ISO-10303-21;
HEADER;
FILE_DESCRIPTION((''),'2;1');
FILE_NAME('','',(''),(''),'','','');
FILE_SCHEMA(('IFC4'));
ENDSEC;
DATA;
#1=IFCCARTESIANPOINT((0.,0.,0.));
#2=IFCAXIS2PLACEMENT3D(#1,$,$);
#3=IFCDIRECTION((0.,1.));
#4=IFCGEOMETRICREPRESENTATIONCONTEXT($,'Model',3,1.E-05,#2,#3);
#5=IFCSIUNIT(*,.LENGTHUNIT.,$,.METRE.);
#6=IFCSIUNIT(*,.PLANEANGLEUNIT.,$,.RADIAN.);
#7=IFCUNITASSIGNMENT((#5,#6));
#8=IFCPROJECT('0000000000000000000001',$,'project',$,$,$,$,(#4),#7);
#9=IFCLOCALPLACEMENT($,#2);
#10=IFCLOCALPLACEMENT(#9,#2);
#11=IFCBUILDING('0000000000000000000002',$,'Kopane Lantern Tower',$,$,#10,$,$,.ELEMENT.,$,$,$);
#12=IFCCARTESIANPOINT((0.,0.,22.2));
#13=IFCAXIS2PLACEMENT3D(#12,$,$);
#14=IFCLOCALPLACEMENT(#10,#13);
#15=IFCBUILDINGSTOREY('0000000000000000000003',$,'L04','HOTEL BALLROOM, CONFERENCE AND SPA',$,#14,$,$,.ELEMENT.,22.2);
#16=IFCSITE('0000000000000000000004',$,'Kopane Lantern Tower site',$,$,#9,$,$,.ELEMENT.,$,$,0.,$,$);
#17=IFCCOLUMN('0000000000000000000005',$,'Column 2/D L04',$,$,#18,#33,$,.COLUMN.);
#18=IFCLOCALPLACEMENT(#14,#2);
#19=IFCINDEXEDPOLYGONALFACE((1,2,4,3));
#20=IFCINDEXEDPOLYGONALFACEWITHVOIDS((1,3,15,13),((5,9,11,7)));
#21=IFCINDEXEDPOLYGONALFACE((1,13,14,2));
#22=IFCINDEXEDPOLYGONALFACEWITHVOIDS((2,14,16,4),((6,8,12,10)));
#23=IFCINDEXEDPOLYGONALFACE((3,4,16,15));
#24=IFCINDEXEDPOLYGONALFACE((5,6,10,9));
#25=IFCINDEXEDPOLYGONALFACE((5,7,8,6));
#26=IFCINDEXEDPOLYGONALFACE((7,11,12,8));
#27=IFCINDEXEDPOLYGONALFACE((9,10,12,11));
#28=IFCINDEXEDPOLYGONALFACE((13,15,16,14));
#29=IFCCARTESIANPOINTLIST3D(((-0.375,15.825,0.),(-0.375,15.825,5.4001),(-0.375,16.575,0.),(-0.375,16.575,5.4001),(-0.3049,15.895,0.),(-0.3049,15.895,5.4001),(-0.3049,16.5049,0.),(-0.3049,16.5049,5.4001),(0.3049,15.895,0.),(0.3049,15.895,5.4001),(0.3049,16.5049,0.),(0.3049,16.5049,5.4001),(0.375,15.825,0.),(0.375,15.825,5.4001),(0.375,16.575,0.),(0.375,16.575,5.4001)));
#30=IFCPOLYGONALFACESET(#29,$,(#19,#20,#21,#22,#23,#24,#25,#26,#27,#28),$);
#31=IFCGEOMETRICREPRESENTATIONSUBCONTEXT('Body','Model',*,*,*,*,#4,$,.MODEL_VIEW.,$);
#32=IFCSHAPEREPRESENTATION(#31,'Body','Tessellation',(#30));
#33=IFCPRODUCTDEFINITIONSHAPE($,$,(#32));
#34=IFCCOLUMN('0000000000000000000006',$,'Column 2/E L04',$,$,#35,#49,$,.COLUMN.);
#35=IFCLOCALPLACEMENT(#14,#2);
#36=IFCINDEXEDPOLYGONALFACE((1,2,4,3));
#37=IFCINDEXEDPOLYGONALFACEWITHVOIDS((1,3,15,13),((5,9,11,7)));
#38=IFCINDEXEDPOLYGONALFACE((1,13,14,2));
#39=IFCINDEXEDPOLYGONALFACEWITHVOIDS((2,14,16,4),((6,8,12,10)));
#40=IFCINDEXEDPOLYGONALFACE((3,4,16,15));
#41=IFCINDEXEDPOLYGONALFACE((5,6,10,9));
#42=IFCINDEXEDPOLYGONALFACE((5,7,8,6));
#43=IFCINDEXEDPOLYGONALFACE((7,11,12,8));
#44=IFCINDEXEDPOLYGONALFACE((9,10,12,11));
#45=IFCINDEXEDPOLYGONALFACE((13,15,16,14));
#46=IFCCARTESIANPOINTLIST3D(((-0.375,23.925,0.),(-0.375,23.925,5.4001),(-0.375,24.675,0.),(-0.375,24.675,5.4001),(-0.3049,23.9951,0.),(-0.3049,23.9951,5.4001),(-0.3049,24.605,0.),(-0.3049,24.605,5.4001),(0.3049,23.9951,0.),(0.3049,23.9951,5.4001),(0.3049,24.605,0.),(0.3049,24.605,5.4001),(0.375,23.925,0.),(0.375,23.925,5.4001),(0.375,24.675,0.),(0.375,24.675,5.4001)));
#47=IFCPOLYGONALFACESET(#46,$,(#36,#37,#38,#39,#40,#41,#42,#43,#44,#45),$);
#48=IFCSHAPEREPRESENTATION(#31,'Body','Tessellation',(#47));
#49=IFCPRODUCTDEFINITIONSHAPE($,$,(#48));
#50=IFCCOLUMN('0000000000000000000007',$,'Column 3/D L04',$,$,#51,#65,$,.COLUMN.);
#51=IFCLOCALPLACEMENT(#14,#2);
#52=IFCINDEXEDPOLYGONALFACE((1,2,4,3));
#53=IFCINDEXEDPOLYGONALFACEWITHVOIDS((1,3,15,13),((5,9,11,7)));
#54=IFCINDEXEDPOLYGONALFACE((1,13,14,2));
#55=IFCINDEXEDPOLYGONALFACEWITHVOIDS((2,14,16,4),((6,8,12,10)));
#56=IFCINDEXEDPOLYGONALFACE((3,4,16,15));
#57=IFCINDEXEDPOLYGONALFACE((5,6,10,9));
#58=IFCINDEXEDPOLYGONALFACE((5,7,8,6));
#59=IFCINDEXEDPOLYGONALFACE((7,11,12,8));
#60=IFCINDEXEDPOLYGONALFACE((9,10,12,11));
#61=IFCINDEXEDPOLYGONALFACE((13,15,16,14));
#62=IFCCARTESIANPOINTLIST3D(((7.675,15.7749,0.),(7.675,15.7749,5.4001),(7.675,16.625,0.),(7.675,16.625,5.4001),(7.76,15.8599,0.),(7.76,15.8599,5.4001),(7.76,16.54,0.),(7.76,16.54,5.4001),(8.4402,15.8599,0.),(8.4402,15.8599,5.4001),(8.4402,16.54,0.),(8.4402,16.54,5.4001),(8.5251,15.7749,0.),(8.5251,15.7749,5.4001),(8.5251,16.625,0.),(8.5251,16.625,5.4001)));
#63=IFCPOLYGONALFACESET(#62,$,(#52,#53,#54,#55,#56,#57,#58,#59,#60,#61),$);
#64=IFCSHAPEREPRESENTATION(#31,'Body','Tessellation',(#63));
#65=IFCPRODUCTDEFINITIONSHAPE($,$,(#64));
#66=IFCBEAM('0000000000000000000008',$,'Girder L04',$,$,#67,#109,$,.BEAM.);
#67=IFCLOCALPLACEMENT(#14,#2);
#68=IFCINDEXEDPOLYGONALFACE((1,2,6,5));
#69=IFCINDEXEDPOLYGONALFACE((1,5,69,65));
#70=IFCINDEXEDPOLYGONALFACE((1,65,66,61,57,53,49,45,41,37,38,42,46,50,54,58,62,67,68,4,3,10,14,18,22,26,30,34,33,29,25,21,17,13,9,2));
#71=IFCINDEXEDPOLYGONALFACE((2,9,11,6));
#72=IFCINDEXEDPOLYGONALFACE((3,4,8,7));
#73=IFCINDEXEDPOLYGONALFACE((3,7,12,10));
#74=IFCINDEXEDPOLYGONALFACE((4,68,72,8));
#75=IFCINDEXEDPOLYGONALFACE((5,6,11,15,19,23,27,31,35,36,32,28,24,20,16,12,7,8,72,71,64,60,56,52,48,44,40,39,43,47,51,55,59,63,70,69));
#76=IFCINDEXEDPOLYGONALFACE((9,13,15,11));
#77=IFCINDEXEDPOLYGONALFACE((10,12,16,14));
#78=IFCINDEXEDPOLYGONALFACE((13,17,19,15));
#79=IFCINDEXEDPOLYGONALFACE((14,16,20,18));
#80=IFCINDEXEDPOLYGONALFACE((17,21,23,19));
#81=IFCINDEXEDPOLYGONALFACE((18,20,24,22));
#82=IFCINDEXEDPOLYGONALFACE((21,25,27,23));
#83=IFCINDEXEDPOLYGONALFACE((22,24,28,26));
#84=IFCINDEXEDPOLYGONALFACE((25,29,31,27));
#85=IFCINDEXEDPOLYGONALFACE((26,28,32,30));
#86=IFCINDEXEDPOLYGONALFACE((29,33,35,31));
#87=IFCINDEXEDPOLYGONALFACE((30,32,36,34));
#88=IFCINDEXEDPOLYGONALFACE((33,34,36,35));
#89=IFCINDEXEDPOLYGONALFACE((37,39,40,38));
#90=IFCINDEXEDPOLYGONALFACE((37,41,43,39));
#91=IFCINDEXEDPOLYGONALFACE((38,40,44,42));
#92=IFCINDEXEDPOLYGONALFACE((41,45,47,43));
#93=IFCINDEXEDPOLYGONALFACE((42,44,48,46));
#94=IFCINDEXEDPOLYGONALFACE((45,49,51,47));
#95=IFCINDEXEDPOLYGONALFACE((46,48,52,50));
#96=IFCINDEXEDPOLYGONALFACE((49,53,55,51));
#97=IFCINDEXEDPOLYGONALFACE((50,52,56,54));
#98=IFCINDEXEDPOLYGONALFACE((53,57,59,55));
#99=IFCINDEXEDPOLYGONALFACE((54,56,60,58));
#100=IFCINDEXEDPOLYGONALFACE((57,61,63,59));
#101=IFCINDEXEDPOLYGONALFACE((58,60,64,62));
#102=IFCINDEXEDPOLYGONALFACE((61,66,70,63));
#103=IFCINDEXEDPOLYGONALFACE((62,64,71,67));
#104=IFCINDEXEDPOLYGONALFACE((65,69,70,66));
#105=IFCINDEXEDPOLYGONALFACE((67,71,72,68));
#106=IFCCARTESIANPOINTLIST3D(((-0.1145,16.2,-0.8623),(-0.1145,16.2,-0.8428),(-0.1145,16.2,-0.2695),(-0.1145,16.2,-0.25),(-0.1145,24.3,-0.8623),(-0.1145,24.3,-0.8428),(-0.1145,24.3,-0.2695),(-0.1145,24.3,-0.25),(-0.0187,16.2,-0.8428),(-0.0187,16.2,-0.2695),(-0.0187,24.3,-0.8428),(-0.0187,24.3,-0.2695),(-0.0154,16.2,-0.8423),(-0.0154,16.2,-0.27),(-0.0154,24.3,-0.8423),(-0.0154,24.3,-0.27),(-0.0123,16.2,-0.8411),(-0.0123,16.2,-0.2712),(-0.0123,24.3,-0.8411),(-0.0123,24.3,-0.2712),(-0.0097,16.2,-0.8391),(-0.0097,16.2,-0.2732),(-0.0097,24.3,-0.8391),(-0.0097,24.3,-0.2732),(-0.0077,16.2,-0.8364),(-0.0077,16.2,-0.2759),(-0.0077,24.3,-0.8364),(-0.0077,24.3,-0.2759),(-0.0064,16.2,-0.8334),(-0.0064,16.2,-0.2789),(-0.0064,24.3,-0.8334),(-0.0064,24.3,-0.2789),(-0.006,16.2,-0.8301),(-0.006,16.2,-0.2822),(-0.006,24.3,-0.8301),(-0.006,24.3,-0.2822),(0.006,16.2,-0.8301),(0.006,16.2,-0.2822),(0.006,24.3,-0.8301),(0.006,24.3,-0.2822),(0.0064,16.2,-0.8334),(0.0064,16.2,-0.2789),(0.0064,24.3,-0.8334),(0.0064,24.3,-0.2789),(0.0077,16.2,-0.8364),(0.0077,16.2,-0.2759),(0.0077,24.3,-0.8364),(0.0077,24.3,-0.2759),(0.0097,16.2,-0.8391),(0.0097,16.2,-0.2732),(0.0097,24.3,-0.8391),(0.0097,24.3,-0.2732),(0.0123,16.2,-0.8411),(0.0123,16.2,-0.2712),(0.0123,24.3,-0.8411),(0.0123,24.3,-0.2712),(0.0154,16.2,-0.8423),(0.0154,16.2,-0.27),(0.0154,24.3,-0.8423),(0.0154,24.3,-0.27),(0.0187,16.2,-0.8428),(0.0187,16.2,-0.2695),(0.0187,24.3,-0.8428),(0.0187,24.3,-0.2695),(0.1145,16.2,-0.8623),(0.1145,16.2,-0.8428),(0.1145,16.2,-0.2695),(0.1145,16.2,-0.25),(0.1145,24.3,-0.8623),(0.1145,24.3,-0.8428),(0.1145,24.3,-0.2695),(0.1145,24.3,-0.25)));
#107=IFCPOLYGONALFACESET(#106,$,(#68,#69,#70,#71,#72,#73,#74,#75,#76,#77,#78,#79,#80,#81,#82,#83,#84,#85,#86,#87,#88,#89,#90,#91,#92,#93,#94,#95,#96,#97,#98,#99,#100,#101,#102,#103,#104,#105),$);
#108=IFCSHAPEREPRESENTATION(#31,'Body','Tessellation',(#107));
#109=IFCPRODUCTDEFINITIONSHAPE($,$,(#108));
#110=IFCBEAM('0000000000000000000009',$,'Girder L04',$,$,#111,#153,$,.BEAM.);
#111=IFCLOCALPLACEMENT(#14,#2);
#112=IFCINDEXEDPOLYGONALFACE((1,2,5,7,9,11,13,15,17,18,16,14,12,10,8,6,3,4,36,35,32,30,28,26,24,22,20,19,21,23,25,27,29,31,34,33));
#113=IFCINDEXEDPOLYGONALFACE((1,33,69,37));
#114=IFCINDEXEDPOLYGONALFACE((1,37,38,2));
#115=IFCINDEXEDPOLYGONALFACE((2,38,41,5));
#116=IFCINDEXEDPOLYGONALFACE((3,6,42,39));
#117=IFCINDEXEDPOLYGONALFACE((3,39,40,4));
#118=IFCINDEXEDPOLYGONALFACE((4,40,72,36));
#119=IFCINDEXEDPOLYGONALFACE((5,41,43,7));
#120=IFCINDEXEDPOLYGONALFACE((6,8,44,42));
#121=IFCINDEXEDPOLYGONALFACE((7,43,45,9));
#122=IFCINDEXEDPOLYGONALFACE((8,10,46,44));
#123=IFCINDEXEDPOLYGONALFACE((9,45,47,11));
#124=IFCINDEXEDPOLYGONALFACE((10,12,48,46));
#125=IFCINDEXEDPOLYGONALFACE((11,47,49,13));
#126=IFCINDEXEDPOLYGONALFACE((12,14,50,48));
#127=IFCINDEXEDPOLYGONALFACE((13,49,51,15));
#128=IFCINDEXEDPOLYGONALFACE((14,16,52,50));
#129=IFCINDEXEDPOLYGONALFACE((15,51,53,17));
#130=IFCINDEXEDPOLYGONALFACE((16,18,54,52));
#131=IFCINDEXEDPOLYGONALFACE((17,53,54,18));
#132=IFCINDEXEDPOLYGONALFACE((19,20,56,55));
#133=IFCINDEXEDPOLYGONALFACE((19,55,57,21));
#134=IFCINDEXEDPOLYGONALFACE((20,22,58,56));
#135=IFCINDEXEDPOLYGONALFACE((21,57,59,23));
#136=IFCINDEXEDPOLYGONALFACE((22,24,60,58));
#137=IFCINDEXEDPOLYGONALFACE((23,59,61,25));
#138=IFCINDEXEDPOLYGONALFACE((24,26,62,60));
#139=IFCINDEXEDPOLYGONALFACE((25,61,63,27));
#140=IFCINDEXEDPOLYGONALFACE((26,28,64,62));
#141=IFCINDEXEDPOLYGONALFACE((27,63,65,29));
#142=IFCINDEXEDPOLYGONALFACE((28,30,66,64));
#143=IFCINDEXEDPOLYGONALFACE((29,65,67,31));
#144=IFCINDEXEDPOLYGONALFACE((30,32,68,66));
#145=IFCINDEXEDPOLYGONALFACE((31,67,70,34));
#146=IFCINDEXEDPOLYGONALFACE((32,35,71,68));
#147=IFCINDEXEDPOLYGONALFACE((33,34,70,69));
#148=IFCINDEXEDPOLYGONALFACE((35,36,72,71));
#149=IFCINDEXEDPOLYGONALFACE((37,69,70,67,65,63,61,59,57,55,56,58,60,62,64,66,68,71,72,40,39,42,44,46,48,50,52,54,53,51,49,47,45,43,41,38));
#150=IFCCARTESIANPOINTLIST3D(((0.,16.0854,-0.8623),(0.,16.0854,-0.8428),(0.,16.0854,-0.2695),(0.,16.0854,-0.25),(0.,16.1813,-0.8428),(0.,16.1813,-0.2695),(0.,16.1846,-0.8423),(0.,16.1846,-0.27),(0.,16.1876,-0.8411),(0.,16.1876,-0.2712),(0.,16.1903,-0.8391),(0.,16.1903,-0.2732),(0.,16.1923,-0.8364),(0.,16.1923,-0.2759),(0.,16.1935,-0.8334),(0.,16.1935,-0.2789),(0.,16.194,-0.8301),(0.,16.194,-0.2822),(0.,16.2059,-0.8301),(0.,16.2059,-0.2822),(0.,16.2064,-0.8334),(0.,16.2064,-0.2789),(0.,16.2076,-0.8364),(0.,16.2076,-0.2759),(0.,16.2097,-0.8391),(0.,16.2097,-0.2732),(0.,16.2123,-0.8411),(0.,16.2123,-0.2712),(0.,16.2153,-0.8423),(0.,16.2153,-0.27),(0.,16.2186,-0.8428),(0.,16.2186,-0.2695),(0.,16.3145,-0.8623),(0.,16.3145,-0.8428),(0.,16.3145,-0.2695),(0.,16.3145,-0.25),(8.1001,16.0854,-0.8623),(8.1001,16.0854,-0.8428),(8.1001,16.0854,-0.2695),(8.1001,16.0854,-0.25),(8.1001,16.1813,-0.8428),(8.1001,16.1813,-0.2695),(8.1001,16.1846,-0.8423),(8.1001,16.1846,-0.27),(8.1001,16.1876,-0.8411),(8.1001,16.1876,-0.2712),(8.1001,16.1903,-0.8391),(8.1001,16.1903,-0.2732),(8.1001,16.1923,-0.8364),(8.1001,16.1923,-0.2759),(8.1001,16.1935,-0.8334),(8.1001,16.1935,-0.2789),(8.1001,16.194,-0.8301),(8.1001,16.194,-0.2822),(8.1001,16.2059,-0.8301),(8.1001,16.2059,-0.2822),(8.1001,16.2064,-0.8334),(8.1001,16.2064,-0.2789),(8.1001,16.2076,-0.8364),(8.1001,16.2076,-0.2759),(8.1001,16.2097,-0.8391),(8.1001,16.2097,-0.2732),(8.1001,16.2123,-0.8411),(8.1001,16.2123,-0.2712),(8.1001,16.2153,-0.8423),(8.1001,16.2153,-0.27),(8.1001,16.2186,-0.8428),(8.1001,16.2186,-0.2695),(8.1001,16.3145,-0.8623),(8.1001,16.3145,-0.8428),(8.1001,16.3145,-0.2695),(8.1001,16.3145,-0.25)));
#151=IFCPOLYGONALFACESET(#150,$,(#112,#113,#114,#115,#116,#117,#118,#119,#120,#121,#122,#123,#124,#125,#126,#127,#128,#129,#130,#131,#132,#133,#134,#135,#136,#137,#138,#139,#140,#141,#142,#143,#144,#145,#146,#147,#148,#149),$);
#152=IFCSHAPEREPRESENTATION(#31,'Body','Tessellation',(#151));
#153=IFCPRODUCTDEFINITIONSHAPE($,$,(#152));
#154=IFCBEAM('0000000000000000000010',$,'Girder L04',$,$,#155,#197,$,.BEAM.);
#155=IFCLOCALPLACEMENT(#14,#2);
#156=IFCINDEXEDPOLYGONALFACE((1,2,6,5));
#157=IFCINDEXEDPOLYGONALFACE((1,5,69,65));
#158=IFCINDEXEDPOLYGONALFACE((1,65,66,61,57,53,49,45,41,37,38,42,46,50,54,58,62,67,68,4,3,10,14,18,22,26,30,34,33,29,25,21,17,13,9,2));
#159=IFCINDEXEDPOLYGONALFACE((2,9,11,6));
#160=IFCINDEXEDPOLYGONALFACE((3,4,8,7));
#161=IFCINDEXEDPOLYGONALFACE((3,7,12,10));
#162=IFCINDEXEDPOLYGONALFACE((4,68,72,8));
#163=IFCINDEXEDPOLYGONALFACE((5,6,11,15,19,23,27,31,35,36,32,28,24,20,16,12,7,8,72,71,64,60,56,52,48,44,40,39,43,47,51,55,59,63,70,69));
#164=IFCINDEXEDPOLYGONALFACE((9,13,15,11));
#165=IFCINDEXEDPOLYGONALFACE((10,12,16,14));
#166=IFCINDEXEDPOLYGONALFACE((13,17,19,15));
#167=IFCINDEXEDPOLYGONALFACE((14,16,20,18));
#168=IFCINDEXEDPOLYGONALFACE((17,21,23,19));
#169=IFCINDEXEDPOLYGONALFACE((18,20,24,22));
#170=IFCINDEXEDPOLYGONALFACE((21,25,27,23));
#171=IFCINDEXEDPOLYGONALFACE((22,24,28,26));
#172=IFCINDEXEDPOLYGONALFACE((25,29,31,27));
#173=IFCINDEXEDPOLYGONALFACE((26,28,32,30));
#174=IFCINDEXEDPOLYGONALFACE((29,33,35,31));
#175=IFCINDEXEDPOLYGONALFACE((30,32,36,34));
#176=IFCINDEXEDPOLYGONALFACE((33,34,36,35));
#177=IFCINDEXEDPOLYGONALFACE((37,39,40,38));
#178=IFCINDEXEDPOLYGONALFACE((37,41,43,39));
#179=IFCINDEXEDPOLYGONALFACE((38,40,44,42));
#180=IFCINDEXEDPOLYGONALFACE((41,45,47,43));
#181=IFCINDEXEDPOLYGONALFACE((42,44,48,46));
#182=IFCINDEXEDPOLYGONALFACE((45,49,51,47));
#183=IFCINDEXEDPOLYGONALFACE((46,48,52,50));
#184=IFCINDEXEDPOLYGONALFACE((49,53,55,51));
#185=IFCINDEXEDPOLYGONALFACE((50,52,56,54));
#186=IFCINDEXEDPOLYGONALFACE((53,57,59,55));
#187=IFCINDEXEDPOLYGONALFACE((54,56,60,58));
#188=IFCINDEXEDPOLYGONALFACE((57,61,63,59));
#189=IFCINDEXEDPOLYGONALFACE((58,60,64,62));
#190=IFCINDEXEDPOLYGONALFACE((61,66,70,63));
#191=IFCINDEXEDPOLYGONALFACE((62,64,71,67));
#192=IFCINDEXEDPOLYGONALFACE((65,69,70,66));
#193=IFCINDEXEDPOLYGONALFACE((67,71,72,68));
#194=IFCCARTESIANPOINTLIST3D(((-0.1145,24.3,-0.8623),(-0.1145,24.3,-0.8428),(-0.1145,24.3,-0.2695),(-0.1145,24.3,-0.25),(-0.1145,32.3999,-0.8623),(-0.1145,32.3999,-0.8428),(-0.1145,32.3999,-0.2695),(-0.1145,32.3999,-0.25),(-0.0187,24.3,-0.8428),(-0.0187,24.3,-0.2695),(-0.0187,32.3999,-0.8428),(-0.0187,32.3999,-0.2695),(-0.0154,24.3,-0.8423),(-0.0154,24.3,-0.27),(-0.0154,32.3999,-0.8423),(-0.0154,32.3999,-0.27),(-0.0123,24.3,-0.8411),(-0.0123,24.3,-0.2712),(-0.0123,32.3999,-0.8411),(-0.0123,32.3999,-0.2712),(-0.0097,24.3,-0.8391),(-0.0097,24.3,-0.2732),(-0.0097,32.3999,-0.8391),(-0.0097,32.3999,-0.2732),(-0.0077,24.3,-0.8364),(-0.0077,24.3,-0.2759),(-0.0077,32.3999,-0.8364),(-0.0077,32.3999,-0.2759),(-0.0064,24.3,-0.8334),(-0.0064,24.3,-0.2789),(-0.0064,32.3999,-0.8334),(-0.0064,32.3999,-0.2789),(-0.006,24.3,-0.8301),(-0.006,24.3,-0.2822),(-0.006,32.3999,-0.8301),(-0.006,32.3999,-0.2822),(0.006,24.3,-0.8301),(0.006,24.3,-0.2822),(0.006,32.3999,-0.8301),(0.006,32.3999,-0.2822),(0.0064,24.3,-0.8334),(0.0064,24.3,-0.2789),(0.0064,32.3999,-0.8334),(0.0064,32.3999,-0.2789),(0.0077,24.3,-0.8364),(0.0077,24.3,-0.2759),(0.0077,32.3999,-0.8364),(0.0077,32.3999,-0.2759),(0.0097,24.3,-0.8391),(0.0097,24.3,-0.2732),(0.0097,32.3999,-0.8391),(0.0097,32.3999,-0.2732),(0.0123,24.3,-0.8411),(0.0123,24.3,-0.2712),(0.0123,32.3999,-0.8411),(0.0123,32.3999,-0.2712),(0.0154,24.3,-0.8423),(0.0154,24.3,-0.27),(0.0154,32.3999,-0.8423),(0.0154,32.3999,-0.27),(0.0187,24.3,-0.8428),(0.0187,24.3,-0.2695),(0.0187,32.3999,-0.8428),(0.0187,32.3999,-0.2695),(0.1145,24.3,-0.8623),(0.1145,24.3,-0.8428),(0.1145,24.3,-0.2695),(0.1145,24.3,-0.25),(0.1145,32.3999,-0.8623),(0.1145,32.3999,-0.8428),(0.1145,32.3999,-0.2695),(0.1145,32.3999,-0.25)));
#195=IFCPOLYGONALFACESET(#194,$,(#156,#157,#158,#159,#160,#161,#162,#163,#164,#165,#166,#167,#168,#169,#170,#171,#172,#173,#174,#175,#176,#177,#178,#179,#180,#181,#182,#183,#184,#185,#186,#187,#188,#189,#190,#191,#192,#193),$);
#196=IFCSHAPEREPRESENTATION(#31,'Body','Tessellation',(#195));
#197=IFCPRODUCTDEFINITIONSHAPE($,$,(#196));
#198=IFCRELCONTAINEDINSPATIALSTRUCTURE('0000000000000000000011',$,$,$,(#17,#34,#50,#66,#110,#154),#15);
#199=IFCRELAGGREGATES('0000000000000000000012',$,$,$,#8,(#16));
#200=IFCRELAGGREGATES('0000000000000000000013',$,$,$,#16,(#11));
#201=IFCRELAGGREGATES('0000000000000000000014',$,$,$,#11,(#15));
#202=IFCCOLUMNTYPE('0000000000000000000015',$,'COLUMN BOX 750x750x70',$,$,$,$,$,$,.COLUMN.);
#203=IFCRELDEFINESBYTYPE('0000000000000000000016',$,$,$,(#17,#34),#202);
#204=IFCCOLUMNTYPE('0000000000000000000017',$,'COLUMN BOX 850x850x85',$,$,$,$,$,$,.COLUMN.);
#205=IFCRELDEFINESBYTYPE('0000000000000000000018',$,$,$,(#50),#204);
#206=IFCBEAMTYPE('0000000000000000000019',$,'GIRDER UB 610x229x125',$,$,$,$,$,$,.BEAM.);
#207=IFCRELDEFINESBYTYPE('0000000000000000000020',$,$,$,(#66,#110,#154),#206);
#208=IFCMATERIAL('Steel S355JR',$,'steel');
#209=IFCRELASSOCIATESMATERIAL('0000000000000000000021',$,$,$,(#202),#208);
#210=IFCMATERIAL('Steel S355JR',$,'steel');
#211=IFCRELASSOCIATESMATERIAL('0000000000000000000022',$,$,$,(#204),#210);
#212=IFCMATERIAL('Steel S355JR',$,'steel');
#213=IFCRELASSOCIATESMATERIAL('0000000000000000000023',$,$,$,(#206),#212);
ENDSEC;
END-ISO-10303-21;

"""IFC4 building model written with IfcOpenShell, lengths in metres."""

from ifc_helpers import new_model, si_unit, direction, frame, origin, origin_2d, place, context, subcontext, project, spatial, hollow_rectangle, i_section, extrude, material, material_profile, profile_set, type_object, element, save


model = new_model("IFC4")

# Units and contexts
model_context = context("Model", 3, precision=1e-05, world=origin(), true_north=direction((0.0, 1.0)))
body_context = subcontext(model_context, "Body", "Model", "MODEL_VIEW")
ifc_project = project(units=[si_unit("LENGTHUNIT", "METRE"), si_unit("PLANEANGLEUNIT", "RADIAN")], contexts=[model_context])

# Site, building, storey
site_placement = place(None, origin())
site = spatial("IfcSite", under=ifc_project, at=site_placement, Name="Kopane Lantern Tower site", CompositionType="ELEMENT", RefElevation=0.0)
building_placement = place(site_placement, origin())
building = spatial("IfcBuilding", under=site, at=building_placement, Name="Kopane Lantern Tower", CompositionType="ELEMENT")
storey_placement = place(building_placement, frame((0.0, 0.0, 22.2)))
storey = spatial("IfcBuildingStorey", under=building, at=storey_placement, Name="L04", Description="HOTEL BALLROOM, CONFERENCE AND SPA", CompositionType="ELEMENT", Elevation=22.2)

# Columns
ifc_material_1 = material(Name="Steel S355JR", Category="steel")
ifc_material_profile_1 = material_profile(ifc_material_1, hollow_rectangle(XDim=0.75, YDim=0.75, WallThickness=0.0701, at=origin_2d()), Name="BOX 750x750x70")
ifc_profile_set_1 = profile_set([ifc_material_profile_1], Name="Steel S355JR")
column_type_1 = type_object("IfcColumnType", Name="COLUMN BOX 750x750x70", PredefinedType="COLUMN", material=ifc_profile_set_1)
for number, where, z_axis, x_axis, name in (
    (1, (0.0, 16.2, 0.0), (0.0, 0.0, 1.0), (1.0, 0.0, 0.0), "Column 2/D L04"),
    (2, (0.0, 24.3, 0.0), (0.0, 0.0, 1.0), (1.0, 0.0, 0.0), "Column 2/E L04"),
):
    element("IfcColumn", number, at=place(storey_placement, frame(where, z_axis=z_axis, x_axis=x_axis)), inside=storey, type_object=column_type_1, Name=name, PredefinedType="COLUMN", context=body_context, shape_type="SweptSolid", body=[
        extrude(hollow_rectangle(XDim=0.75, YDim=0.75, WallThickness=0.0701, at=origin_2d()), origin(), (0.0, 0.0, 1.0), 5.4001),
    ])
ifc_material_2 = material(Name="Steel S355JR", Category="steel")
ifc_material_profile_2 = material_profile(ifc_material_2, hollow_rectangle(XDim=0.8501, YDim=0.8501, WallThickness=0.085, at=origin_2d()), Name="BOX 850x850x85")
ifc_profile_set_2 = profile_set([ifc_material_profile_2], Name="Steel S355JR")
column_type_2 = type_object("IfcColumnType", Name="COLUMN BOX 850x850x85", PredefinedType="COLUMN", material=ifc_profile_set_2)
column_placement = place(storey_placement, frame((8.1001, 16.2, 0.0), z_axis=(0.0, 0.0, 1.0), x_axis=(1.0, 0.0, 0.0)))
element("IfcColumn", 3, at=column_placement, inside=storey, type_object=column_type_2, Name="Column 3/D L04", PredefinedType="COLUMN", context=body_context, shape_type="SweptSolid", body=[
    extrude(hollow_rectangle(XDim=0.8501, YDim=0.8501, WallThickness=0.085, at=origin_2d()), origin(), (0.0, 0.0, 1.0), 5.4001),
])

# Beams
ifc_material_3 = material(Name="Steel S355JR", Category="steel")
ifc_material_profile_3 = material_profile(ifc_material_3, i_section(OverallWidth=0.229, OverallDepth=0.6123, WebThickness=0.012, FlangeThickness=0.0195, FilletRadius=0.0127, at=origin_2d()), Name="UB 610x229x125")
ifc_profile_set_3 = profile_set([ifc_material_profile_3], Name="Steel S355JR")
beam_type = type_object("IfcBeamType", Name="GIRDER UB 610x229x125", PredefinedType="BEAM", material=ifc_profile_set_3)
for number, where, z_axis, x_axis, name in (
    (4, (0.0, 16.2, -0.5562), (0.0, 1.0, 0.0), (-1.0, 0.0, 0.0), "Girder L04"),
    (5, (0.0, 16.2, -0.5562), (1.0, 0.0, 0.0), (0.0, 1.0, 0.0), "Girder L04"),
):
    element("IfcBeam", number, at=place(storey_placement, frame(where, z_axis=z_axis, x_axis=x_axis)), inside=storey, type_object=beam_type, Name=name, PredefinedType="BEAM", context=body_context, shape_type="SweptSolid", body=[
        extrude(i_section(OverallWidth=0.229, OverallDepth=0.6123, WebThickness=0.012, FlangeThickness=0.0195, FilletRadius=0.0127, at=origin_2d()), origin(), (0.0, 0.0, 1.0), 8.1001),
    ])
beam_placement = place(storey_placement, frame((0.0, 24.3, -0.5562), z_axis=(0.0, 1.0, 0.0), x_axis=(-1.0, 0.0, 0.0)))
element("IfcBeam", 6, at=beam_placement, inside=storey, type_object=beam_type, Name="Girder L04", PredefinedType="BEAM", context=body_context, shape_type="SweptSolid", body=[
    extrude(i_section(OverallWidth=0.229, OverallDepth=0.6123, WebThickness=0.012, FlangeThickness=0.0195, FilletRadius=0.0127, at=origin_2d()), origin(), (0.0, 0.0, 1.0), 8.0999),
])

save(model, "model.ifc")
